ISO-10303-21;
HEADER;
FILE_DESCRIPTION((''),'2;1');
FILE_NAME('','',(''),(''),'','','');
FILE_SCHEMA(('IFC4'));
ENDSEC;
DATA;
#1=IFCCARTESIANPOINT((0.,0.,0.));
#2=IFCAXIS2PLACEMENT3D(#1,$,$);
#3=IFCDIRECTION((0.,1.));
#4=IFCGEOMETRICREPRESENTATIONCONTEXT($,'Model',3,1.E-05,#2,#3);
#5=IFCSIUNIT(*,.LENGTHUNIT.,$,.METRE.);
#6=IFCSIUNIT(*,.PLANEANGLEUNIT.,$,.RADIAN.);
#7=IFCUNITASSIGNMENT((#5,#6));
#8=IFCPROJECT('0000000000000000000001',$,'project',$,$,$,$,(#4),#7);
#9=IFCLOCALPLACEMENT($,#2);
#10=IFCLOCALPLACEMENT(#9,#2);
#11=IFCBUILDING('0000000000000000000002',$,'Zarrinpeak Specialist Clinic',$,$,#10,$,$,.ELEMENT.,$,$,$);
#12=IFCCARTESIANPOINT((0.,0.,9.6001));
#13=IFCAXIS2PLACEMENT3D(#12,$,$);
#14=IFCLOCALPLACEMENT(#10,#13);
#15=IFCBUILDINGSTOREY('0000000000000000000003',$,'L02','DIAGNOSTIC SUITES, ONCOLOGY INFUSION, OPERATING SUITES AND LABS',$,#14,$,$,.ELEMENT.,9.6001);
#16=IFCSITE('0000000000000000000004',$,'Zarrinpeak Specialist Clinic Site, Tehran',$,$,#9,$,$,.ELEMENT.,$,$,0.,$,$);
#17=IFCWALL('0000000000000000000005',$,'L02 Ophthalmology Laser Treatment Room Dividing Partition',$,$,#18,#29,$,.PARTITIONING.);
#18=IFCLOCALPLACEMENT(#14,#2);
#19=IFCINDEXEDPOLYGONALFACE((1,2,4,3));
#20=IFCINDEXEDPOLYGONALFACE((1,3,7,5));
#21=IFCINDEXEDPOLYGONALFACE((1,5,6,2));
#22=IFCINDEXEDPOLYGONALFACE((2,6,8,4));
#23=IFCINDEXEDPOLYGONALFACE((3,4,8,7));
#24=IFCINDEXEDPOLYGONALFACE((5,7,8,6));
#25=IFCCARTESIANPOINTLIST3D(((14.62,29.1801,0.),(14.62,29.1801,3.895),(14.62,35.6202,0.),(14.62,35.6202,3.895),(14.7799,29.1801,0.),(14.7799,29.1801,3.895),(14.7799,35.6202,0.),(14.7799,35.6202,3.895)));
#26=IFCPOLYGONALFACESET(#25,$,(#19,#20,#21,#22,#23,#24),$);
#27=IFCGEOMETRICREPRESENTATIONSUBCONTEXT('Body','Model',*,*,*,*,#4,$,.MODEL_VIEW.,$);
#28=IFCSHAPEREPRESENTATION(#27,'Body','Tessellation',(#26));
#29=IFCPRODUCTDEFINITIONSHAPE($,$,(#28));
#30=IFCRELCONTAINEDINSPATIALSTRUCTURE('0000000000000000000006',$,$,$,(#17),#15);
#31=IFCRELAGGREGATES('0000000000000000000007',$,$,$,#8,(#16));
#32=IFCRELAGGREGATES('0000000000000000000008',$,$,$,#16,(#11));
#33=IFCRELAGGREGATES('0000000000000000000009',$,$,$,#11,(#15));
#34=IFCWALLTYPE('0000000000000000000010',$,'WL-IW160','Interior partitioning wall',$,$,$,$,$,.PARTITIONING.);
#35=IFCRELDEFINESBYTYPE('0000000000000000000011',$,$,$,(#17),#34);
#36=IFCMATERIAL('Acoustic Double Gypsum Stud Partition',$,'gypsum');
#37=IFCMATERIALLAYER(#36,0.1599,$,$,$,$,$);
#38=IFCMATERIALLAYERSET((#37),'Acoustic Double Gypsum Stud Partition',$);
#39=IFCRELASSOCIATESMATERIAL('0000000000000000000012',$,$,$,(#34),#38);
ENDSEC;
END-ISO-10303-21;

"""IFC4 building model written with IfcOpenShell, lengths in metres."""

from ifc_helpers import new_model, si_unit, direction, frame, frame_2d, origin, place, context, subcontext, project, spatial, rectangle, extrude, material, layer, layer_set, type_object, element, save


model = new_model("IFC4")

# Units and contexts
model_context = context("Model", 3, precision=1e-05, world=origin(), true_north=direction((0.0, 1.0)))
body_context = subcontext(model_context, "Body", "Model", "MODEL_VIEW")
ifc_project = project(units=[si_unit("LENGTHUNIT", "METRE"), si_unit("PLANEANGLEUNIT", "RADIAN")], contexts=[model_context])

# Site, building, storey
site_placement = place(None, origin())
site = spatial("IfcSite", under=ifc_project, at=site_placement, Name="Zarrinpeak Specialist Clinic Site, Tehran", CompositionType="ELEMENT", RefElevation=0.0)
building_placement = place(site_placement, origin())
building = spatial("IfcBuilding", under=site, at=building_placement, Name="Zarrinpeak Specialist Clinic", CompositionType="ELEMENT")
storey_placement = place(building_placement, frame((0.0, 0.0, 9.6001)))
storey = spatial("IfcBuildingStorey", under=building, at=storey_placement, Name="L02", Description="DIAGNOSTIC SUITES, ONCOLOGY INFUSION, OPERATING SUITES AND LABS", CompositionType="ELEMENT", Elevation=9.6001)

# Wall
ifc_material_1 = material(Name="Acoustic Double Gypsum Stud Partition", Category="gypsum")
ifc_layer_1 = layer(ifc_material_1, 0.1599)
ifc_layer_set_1 = layer_set([ifc_layer_1], Name="Acoustic Double Gypsum Stud Partition")
wall_type_1 = type_object("IfcWallType", Name="WL-IW160", Description="Interior partitioning wall", PredefinedType="PARTITIONING", material=ifc_layer_set_1)
wall_1_placement = place(storey_placement, frame((14.7, 29.1799, 0.0), z_axis=(0.0, 0.0, 1.0), x_axis=(0.0, 1.0, 0.0)))
element("IfcWall", 1, at=wall_1_placement, inside=storey, type_object=wall_type_1, Name="L02 Ophthalmology Laser Treatment Room Dividing Partition", PredefinedType="PARTITIONING", context=body_context, shape_type="SweptSolid", body=[
    extrude(rectangle(XDim=6.4402, YDim=0.1599, at=frame_2d((3.2202, 0.0))), origin(), (0.0, 0.0, 1.0), 3.895),
])

save(model, "model.ifc")
